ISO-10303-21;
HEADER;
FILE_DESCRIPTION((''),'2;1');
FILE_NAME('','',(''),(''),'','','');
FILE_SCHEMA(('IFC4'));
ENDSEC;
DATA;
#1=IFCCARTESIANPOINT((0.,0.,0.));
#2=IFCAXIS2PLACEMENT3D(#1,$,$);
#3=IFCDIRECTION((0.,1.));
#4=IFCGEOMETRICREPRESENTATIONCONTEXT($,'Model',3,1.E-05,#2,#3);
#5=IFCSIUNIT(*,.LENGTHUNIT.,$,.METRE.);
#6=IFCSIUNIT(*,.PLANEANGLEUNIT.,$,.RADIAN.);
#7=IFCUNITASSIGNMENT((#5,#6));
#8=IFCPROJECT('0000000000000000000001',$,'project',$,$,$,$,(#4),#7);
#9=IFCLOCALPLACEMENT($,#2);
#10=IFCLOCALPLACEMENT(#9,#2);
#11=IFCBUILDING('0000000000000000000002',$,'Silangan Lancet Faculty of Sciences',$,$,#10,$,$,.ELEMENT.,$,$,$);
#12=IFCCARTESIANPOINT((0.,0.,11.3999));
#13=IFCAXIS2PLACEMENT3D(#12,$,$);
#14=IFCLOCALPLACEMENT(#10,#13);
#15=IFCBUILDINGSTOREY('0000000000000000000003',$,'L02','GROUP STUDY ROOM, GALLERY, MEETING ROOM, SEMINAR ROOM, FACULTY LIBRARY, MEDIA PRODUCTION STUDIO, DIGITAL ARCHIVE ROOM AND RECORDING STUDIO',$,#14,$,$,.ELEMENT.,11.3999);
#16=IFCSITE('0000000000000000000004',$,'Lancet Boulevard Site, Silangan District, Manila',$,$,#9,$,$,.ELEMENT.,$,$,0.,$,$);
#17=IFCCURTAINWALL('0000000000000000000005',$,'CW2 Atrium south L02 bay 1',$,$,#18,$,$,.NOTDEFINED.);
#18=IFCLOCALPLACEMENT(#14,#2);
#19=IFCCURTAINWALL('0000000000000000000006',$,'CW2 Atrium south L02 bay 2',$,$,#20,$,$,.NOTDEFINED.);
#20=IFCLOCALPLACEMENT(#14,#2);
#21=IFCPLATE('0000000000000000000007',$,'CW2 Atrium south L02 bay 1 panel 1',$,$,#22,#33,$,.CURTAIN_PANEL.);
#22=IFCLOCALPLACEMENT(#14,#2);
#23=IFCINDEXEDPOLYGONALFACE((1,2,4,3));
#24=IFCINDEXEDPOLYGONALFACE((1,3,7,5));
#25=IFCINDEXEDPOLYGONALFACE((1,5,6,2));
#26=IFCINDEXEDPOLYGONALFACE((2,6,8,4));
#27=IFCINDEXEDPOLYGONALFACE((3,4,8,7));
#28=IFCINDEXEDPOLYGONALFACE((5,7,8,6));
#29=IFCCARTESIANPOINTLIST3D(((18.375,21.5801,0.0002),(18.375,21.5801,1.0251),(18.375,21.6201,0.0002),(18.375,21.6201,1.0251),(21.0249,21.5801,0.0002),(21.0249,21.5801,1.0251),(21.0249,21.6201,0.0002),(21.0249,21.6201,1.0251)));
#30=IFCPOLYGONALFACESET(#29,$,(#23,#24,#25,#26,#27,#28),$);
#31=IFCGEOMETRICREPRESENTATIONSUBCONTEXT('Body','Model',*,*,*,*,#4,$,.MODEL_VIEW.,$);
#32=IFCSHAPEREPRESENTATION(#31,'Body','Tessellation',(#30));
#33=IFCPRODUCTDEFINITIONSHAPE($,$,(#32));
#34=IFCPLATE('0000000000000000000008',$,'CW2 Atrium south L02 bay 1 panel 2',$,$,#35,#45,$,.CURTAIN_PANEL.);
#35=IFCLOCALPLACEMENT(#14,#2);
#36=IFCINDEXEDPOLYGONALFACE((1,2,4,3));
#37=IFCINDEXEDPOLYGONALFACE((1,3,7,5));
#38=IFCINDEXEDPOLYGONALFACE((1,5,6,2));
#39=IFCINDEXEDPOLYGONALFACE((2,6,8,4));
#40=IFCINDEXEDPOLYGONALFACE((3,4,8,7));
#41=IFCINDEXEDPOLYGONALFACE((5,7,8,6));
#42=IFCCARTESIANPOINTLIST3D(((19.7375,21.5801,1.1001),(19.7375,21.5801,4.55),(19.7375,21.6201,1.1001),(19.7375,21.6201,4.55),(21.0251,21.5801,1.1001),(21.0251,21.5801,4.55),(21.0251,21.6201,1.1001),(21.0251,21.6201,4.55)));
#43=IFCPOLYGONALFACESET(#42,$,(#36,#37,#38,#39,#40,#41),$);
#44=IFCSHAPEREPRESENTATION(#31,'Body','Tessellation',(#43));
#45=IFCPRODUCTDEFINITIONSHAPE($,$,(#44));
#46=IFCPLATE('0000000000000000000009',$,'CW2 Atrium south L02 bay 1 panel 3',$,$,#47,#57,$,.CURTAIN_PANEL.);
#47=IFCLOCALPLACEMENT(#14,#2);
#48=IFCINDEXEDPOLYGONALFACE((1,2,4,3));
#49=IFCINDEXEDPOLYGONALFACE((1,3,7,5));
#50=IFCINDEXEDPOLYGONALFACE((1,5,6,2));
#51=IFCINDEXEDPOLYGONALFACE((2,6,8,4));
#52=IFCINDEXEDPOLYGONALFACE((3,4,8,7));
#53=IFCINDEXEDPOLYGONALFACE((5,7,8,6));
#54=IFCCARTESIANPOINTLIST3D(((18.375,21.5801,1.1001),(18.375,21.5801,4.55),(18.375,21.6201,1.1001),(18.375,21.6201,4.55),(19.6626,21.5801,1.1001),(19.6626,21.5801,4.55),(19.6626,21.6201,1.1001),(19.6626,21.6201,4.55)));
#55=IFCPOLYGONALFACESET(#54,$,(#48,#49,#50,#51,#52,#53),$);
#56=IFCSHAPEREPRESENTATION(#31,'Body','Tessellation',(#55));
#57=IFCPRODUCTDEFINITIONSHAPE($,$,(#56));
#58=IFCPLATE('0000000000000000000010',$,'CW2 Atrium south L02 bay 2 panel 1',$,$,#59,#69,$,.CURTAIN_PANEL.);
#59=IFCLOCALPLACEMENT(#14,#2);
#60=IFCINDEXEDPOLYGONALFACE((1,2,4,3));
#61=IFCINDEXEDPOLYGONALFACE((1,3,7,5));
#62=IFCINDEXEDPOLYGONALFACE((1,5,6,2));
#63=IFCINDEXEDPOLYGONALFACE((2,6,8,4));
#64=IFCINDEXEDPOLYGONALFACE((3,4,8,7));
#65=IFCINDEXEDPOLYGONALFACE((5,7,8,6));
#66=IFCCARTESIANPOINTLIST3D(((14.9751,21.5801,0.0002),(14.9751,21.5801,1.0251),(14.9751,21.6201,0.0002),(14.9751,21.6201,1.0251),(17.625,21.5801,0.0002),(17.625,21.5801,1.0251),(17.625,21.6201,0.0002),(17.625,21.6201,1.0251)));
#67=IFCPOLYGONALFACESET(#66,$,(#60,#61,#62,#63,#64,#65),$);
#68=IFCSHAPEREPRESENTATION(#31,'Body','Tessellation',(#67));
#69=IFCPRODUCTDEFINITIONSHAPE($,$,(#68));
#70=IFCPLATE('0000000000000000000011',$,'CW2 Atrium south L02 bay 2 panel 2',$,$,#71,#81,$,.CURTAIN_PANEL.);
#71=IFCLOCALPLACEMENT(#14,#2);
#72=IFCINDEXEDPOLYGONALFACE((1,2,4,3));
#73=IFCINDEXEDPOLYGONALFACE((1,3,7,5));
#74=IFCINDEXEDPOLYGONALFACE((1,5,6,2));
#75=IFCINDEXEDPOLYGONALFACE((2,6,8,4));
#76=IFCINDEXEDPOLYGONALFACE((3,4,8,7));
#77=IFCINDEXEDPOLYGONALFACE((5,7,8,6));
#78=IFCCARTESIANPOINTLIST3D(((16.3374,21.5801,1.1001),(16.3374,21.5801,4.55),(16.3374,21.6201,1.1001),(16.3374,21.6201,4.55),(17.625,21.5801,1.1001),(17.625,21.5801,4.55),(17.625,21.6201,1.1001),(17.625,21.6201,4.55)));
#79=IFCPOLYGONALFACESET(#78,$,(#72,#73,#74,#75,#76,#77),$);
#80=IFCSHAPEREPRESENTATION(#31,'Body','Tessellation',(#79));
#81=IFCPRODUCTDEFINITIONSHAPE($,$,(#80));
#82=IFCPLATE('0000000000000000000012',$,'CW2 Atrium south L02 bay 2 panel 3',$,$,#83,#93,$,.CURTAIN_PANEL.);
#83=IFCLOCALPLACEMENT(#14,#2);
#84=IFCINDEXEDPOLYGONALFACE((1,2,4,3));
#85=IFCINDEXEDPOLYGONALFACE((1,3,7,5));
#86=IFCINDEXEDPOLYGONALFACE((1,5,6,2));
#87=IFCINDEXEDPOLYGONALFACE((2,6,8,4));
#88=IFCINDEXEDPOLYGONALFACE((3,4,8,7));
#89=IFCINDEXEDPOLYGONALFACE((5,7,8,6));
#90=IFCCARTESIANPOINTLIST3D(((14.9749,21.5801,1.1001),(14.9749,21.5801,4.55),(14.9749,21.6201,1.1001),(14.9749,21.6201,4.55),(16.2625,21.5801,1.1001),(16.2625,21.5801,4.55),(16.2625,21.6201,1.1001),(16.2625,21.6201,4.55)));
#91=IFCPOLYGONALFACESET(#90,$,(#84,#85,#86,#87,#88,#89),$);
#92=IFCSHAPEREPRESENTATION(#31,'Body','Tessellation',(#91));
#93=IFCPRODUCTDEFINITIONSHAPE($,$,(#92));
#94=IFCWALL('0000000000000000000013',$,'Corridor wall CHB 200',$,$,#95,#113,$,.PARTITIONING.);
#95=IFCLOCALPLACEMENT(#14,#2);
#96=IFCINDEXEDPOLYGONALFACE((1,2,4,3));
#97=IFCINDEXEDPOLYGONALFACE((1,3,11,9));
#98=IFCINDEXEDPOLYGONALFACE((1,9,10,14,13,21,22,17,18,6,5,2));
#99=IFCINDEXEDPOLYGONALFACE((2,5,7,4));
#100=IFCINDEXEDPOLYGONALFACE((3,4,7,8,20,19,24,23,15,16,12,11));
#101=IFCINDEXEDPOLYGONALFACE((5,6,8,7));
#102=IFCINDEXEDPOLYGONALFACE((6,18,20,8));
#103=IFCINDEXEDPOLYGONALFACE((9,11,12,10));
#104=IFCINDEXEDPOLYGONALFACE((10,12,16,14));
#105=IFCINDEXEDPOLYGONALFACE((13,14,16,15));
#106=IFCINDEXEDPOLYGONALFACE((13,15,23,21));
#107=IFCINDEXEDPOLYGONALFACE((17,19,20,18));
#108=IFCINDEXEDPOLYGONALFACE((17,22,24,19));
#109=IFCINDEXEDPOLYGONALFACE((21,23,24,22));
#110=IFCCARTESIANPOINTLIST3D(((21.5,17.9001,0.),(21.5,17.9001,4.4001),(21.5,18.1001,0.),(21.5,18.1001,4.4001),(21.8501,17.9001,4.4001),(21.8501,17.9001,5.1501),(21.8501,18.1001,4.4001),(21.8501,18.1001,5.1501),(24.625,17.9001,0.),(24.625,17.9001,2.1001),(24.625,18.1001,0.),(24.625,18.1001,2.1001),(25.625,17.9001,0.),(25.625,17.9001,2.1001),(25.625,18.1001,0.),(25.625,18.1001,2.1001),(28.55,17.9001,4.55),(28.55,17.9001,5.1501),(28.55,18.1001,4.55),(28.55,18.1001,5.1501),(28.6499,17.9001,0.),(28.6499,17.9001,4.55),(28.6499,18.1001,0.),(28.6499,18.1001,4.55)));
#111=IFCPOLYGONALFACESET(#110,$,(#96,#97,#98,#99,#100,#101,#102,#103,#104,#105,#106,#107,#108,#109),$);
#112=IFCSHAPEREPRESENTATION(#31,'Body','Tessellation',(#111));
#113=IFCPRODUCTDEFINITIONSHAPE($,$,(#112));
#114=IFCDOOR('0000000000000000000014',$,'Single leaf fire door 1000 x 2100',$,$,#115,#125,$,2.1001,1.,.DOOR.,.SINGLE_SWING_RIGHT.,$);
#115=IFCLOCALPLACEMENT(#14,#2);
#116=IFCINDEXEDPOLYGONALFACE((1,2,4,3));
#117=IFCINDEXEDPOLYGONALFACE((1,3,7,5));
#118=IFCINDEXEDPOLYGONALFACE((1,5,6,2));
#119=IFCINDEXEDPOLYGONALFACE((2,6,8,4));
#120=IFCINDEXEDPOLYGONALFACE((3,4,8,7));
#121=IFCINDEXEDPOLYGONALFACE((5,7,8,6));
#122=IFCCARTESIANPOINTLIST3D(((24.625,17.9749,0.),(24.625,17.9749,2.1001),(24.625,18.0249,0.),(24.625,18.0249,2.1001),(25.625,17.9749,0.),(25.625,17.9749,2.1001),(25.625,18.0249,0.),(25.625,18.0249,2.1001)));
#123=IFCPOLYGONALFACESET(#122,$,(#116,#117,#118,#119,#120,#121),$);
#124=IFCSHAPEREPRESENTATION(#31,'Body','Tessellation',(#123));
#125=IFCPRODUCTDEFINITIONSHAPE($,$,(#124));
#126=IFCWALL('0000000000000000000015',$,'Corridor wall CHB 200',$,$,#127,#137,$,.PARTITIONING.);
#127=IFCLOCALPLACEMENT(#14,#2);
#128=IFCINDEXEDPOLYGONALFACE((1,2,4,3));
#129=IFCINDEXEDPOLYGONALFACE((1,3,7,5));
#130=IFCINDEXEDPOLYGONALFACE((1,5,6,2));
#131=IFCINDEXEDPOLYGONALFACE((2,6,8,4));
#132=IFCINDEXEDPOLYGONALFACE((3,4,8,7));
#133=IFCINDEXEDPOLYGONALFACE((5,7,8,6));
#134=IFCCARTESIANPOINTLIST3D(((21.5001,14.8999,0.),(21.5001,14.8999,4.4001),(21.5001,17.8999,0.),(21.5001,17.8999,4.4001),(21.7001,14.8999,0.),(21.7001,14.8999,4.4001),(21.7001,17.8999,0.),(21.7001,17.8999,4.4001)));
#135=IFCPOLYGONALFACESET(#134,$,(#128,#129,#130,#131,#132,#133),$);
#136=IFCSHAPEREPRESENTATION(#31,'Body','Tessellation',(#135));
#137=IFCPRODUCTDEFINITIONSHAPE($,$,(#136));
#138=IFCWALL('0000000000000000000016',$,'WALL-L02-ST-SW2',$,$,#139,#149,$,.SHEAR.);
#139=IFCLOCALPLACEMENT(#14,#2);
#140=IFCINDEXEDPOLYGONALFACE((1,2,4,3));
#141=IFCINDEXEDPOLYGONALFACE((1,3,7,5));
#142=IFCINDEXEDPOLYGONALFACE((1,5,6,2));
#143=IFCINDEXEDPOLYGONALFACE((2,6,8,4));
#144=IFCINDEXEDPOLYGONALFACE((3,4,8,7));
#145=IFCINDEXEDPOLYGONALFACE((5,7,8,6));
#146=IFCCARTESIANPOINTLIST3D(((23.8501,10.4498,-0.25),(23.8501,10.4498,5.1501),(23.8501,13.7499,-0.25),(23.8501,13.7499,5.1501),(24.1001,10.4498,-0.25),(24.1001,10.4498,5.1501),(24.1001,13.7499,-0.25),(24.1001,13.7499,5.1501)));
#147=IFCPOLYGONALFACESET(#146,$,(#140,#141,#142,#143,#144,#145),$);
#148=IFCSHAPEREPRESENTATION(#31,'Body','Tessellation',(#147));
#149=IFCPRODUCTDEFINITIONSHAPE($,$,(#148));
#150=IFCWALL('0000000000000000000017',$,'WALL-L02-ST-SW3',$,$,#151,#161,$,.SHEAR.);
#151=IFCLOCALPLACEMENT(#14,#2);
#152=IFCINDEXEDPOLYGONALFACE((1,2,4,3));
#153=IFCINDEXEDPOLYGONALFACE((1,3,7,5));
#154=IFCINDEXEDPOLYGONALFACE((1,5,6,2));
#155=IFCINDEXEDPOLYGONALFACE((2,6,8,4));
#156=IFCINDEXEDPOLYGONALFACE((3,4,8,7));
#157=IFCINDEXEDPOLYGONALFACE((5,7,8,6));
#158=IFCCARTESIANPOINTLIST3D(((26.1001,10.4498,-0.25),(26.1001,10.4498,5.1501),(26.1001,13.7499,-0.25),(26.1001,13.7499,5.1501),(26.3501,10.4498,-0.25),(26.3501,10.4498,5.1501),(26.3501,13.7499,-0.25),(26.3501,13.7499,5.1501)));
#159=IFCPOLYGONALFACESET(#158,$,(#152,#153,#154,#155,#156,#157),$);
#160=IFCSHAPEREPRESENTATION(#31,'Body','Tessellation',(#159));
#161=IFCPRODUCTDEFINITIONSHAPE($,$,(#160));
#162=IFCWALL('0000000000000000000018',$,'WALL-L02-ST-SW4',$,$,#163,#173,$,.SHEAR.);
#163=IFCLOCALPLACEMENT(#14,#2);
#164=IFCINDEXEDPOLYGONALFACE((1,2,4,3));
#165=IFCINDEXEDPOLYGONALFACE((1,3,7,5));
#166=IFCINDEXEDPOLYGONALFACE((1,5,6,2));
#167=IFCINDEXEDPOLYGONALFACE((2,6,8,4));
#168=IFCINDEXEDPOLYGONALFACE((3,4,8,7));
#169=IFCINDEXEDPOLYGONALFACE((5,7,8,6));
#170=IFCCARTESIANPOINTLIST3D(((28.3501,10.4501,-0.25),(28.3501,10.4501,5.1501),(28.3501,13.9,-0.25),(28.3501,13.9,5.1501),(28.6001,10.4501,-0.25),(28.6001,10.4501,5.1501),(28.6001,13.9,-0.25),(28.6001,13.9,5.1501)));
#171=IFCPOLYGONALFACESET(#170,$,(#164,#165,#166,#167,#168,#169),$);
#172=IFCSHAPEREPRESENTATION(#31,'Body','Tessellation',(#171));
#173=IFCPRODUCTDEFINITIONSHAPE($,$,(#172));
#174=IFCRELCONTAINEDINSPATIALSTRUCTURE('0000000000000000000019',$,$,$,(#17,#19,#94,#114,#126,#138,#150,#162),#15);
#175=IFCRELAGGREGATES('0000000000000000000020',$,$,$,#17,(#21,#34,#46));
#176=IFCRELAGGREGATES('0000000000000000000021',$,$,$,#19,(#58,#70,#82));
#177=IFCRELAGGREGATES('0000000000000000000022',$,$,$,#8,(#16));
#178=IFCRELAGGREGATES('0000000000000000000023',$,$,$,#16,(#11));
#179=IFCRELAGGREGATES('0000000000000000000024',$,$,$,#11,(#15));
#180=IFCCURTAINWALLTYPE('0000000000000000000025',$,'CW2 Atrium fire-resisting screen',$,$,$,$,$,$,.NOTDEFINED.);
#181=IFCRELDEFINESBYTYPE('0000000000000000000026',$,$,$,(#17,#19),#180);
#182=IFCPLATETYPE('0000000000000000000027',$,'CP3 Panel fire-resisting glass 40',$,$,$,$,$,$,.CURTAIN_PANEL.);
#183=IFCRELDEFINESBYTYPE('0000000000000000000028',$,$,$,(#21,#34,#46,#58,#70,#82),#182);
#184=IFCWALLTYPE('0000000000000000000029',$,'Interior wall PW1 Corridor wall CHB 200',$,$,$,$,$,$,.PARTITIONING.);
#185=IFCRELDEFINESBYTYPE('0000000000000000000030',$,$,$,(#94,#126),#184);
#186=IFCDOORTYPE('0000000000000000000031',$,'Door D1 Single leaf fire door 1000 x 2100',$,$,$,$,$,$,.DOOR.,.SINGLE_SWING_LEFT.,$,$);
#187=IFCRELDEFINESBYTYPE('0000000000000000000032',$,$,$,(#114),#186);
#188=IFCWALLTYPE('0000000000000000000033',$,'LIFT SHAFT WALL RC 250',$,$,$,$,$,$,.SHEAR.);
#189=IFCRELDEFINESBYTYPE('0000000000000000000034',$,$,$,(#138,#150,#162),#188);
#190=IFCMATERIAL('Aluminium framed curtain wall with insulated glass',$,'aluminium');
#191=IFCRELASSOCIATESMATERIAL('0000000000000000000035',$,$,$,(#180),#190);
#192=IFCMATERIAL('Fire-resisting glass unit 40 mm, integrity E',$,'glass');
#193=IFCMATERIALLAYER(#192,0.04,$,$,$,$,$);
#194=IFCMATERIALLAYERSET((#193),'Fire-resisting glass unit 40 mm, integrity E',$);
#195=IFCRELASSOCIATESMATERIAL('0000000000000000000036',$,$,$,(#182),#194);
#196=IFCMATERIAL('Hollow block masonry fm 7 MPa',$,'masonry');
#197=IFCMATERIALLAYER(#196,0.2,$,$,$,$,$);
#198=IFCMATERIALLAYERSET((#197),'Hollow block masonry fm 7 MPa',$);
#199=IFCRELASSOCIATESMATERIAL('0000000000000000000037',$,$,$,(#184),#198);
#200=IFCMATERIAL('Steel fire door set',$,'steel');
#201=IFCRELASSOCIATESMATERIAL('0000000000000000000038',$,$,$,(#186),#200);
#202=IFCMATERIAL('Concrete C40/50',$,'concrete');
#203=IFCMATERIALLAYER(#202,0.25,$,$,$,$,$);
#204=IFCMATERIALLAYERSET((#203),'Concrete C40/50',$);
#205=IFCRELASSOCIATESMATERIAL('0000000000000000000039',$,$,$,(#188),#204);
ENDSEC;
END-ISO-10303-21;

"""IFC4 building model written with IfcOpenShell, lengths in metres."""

from ifc_helpers import new_model, si_unit, direction, frame, frame_2d, origin, origin_2d, place, context, subcontext, project, spatial, polyline, rectangle, outline, extrude, material, layer, layer_set, type_object, element, fill, aggregate, save


model = new_model("IFC4")

# Units and contexts
model_context = context("Model", 3, precision=1e-05, world=origin(), true_north=direction((0.0, 1.0)))
body_context = subcontext(model_context, "Body", "Model", "MODEL_VIEW")
ifc_project = project(units=[si_unit("LENGTHUNIT", "METRE"), si_unit("PLANEANGLEUNIT", "RADIAN")], contexts=[model_context])

# Site, building, storey
site_placement = place(None, origin())
site = spatial("IfcSite", under=ifc_project, at=site_placement, Name="Lancet Boulevard Site, Silangan District, Manila", CompositionType="ELEMENT", RefElevation=0.0)
building_placement = place(site_placement, origin())
building = spatial("IfcBuilding", under=site, at=building_placement, Name="Silangan Lancet Faculty of Sciences", CompositionType="ELEMENT")
storey_placement = place(building_placement, frame((0.0, 0.0, 11.3999)))
storey = spatial("IfcBuildingStorey", under=building, at=storey_placement, Name="L02", Description="GROUP STUDY ROOM, GALLERY, MEETING ROOM, SEMINAR ROOM, FACULTY LIBRARY, MEDIA PRODUCTION STUDIO, DIGITAL ARCHIVE ROOM AND RECORDING STUDIO", CompositionType="ELEMENT", Elevation=11.3999)

# Curtain walls
ifc_material_1 = material(Name="Aluminium framed curtain wall with insulated glass", Category="aluminium")
curtain_wall_type = type_object("IfcCurtainWallType", Name="CW2 Atrium fire-resisting screen", PredefinedType="NOTDEFINED", material=ifc_material_1)
curtain_wall_1_placement = place(storey_placement, origin())
curtain_wall_1 = element("IfcCurtainWall", 1, at=curtain_wall_1_placement, inside=storey, type_object=curtain_wall_type, Name="CW2 Atrium south L02 bay 1", PredefinedType="NOTDEFINED")
curtain_wall_2_placement = place(storey_placement, origin())
curtain_wall_2 = element("IfcCurtainWall", 2, at=curtain_wall_2_placement, inside=storey, type_object=curtain_wall_type, Name="CW2 Atrium south L02 bay 2", PredefinedType="NOTDEFINED")

# Plates
ifc_material_2 = material(Name="Fire-resisting glass unit 40 mm, integrity E", Category="glass")
ifc_layer_1 = layer(ifc_material_2, 0.04)
ifc_layer_set_1 = layer_set([ifc_layer_1], Name="Fire-resisting glass unit 40 mm, integrity E")
plate_type = type_object("IfcPlateType", Name="CP3 Panel fire-resisting glass 40", PredefinedType="CURTAIN_PANEL", material=ifc_layer_set_1)
plate_1_placement = place(storey_placement, frame((19.7, 21.6001, 0.0002), z_axis=(0.0, 0.0, 1.0), x_axis=(-1.0, 0.0, 0.0)))
plate_1 = element("IfcPlate", 3, at=plate_1_placement, type_object=plate_type, Name="CW2 Atrium south L02 bay 1 panel 1", PredefinedType="CURTAIN_PANEL", context=body_context, shape_type="SweptSolid", body=[
    extrude(rectangle(XDim=2.6499, YDim=0.04, at=origin_2d()), origin(), (0.0, 0.0, 1.0), 1.0249),
])
plate_2_placement = place(storey_placement, frame((20.3813, 21.6001, 1.1001), z_axis=(0.0, 0.0, 1.0), x_axis=(-1.0, 0.0, 0.0)))
plate_2 = element("IfcPlate", 4, at=plate_2_placement, type_object=plate_type, Name="CW2 Atrium south L02 bay 1 panel 2", PredefinedType="CURTAIN_PANEL", context=body_context, shape_type="SweptSolid", body=[
    extrude(rectangle(XDim=1.2876, YDim=0.04, at=origin_2d()), origin(), (0.0, 0.0, 1.0), 3.45),
])
plate_3_placement = place(storey_placement, frame((19.0188, 21.6001, 1.1001), z_axis=(0.0, 0.0, 1.0), x_axis=(-1.0, 0.0, 0.0)))
plate_3 = element("IfcPlate", 5, at=plate_3_placement, type_object=plate_type, Name="CW2 Atrium south L02 bay 1 panel 3", PredefinedType="CURTAIN_PANEL", context=body_context, shape_type="SweptSolid", body=[
    extrude(rectangle(XDim=1.2876, YDim=0.04, at=origin_2d()), origin(), (0.0, 0.0, 1.0), 3.45),
])
aggregate(curtain_wall_1, [plate_1, plate_2, plate_3])
plate_4_placement = place(storey_placement, frame((16.3, 21.6001, 0.0002), z_axis=(0.0, 0.0, 1.0), x_axis=(-1.0, 0.0, 0.0)))
plate_4 = element("IfcPlate", 6, at=plate_4_placement, type_object=plate_type, Name="CW2 Atrium south L02 bay 2 panel 1", PredefinedType="CURTAIN_PANEL", context=body_context, shape_type="SweptSolid", body=[
    extrude(rectangle(XDim=2.6499, YDim=0.04, at=origin_2d()), origin(), (0.0, 0.0, 1.0), 1.0249),
])
plate_5_placement = place(storey_placement, frame((16.9812, 21.6001, 1.1001), z_axis=(0.0, 0.0, 1.0), x_axis=(-1.0, 0.0, 0.0)))
plate_5 = element("IfcPlate", 7, at=plate_5_placement, type_object=plate_type, Name="CW2 Atrium south L02 bay 2 panel 2", PredefinedType="CURTAIN_PANEL", context=body_context, shape_type="SweptSolid", body=[
    extrude(rectangle(XDim=1.2876, YDim=0.04, at=origin_2d()), origin(), (0.0, 0.0, 1.0), 3.45),
])
plate_6_placement = place(storey_placement, frame((15.6187, 21.6001, 1.1001), z_axis=(0.0, 0.0, 1.0), x_axis=(-1.0, 0.0, 0.0)))
plate_6 = element("IfcPlate", 8, at=plate_6_placement, type_object=plate_type, Name="CW2 Atrium south L02 bay 2 panel 3", PredefinedType="CURTAIN_PANEL", context=body_context, shape_type="SweptSolid", body=[
    extrude(rectangle(XDim=1.2876, YDim=0.04, at=origin_2d()), origin(), (0.0, 0.0, 1.0), 3.45),
])
aggregate(curtain_wall_2, [plate_4, plate_5, plate_6])

# Wall, opening, door
ifc_material_3 = material(Name="Hollow block masonry fm 7 MPa", Category="masonry")
ifc_layer_2 = layer(ifc_material_3, 0.2)
ifc_layer_set_2 = layer_set([ifc_layer_2], Name="Hollow block masonry fm 7 MPa")
wall_type_1 = type_object("IfcWallType", Name="Interior wall PW1 Corridor wall CHB 200", PredefinedType="PARTITIONING", material=ifc_layer_set_2)
wall_1_placement = place(storey_placement, frame((21.5, 18.0, 0.0), z_axis=(0.0, 0.0, 1.0), x_axis=(1.0, 0.0, 0.0)))
wall_1 = element("IfcWall", 9, at=wall_1_placement, inside=storey, type_object=wall_type_1, Name="Corridor wall CHB 200", PredefinedType="PARTITIONING", context=body_context, shape_type="SweptSolid", body=[
    extrude(outline(polyline([(0.0, 0.0), (7.1499, 0.0), (7.1499, 4.55), (7.05, 4.55), (7.05, 5.1501), (0.3501, 5.1501), (0.3501, 4.4001), (0.0, 4.4001), (0.0, 0.0)])), frame((0.0, 0.1001, 0.0), z_axis=(0.0, -1.0, 0.0), x_axis=(1.0, 0.0, 0.0)), (0.0, 0.0, 1.0), 0.2),
])
opening_1_placement = place(wall_1_placement, frame((3.125, 0.0, 0.0)))
opening_1 = element("IfcOpeningElement", 10, at=opening_1_placement, cuts=wall_1, PredefinedType="OPENING", context=body_context, shape_type="SweptSolid", body=[
    extrude(rectangle(XDim=1.0, YDim=2.1001, at=frame_2d((0.5, 1.05))), frame((0.0, 0.1099, 0.0), z_axis=(0.0, -1.0, 0.0), x_axis=(1.0, 0.0, 0.0)), (0.0, 0.0, 1.0), 0.22),
])
ifc_material_4 = material(Name="Steel fire door set", Category="steel")
door_type_1 = type_object("IfcDoorType", Name="Door D1 Single leaf fire door 1000 x 2100", OperationType="SINGLE_SWING_LEFT", PredefinedType="DOOR", material=ifc_material_4)
door_1_placement = place(opening_1_placement, frame((1.0, 0.0, 0.0), z_axis=(0.0, 0.0, 1.0), x_axis=(-1.0, 0.0, 0.0)))
door_1 = element("IfcDoor", 11, at=door_1_placement, inside=storey, type_object=door_type_1, Name="Single leaf fire door 1000 x 2100", OperationType="SINGLE_SWING_RIGHT", OverallHeight=2.1001, OverallWidth=1.0, PredefinedType="DOOR", context=body_context, shape_type="SweptSolid", body=[
    extrude(rectangle(XDim=1.0, YDim=2.1001, at=frame_2d((0.5, 1.05))), frame((0.0, 0.0251, 0.0), z_axis=(0.0, -1.0, 0.0), x_axis=(1.0, 0.0, 0.0)), (0.0, 0.0, 1.0), 0.05),
])
fill(opening_1, door_1)

# Walls
wall_2_placement = place(storey_placement, frame((21.6001, 14.8999, 0.0), z_axis=(0.0, 0.0, 1.0), x_axis=(0.0, 1.0, 0.0)))
element("IfcWall", 12, at=wall_2_placement, inside=storey, type_object=wall_type_1, Name="Corridor wall CHB 200", PredefinedType="PARTITIONING", context=body_context, shape_type="SweptSolid", body=[
    extrude(rectangle(XDim=3.0, YDim=0.2, at=frame_2d((1.5, 0.0))), origin(), (0.0, 0.0, 1.0), 4.4001),
])
ifc_material_5 = material(Name="Concrete C40/50", Category="concrete")
ifc_layer_3 = layer(ifc_material_5, 0.25)
ifc_layer_set_3 = layer_set([ifc_layer_3], Name="Concrete C40/50")
wall_type_2 = type_object("IfcWallType", Name="LIFT SHAFT WALL RC 250", PredefinedType="SHEAR", material=ifc_layer_set_3)
for number, where, z_axis, x_axis, name in (
    (13, (23.9751, 10.45, -0.25), (0.0, 0.0, 1.0), (0.0, 1.0, 0.0), "WALL-L02-ST-SW2"),
    (14, (26.2251, 10.45, -0.25), (0.0, 0.0, 1.0), (0.0, 1.0, 0.0), "WALL-L02-ST-SW3"),
):
    element("IfcWall", number, at=place(storey_placement, frame(where, z_axis=z_axis, x_axis=x_axis)), inside=storey, type_object=wall_type_2, Name=name, PredefinedType="SHEAR", context=body_context, shape_type="SweptSolid", body=[
        extrude(rectangle(XDim=3.3, YDim=0.25, at=frame_2d((1.6499, 0.0))), origin(), (0.0, 0.0, 1.0), 5.4001),
    ])
wall_3_placement = place(storey_placement, frame((28.4751, 10.45, -0.25), z_axis=(0.0, 0.0, 1.0), x_axis=(0.0, 1.0, 0.0)))
element("IfcWall", 15, at=wall_3_placement, inside=storey, type_object=wall_type_2, Name="WALL-L02-ST-SW4", PredefinedType="SHEAR", context=body_context, shape_type="SweptSolid", body=[
    extrude(rectangle(XDim=3.45, YDim=0.25, at=frame_2d((1.7251, 0.0))), origin(), (0.0, 0.0, 1.0), 5.4001),
])

save(model, "model.ifc")
